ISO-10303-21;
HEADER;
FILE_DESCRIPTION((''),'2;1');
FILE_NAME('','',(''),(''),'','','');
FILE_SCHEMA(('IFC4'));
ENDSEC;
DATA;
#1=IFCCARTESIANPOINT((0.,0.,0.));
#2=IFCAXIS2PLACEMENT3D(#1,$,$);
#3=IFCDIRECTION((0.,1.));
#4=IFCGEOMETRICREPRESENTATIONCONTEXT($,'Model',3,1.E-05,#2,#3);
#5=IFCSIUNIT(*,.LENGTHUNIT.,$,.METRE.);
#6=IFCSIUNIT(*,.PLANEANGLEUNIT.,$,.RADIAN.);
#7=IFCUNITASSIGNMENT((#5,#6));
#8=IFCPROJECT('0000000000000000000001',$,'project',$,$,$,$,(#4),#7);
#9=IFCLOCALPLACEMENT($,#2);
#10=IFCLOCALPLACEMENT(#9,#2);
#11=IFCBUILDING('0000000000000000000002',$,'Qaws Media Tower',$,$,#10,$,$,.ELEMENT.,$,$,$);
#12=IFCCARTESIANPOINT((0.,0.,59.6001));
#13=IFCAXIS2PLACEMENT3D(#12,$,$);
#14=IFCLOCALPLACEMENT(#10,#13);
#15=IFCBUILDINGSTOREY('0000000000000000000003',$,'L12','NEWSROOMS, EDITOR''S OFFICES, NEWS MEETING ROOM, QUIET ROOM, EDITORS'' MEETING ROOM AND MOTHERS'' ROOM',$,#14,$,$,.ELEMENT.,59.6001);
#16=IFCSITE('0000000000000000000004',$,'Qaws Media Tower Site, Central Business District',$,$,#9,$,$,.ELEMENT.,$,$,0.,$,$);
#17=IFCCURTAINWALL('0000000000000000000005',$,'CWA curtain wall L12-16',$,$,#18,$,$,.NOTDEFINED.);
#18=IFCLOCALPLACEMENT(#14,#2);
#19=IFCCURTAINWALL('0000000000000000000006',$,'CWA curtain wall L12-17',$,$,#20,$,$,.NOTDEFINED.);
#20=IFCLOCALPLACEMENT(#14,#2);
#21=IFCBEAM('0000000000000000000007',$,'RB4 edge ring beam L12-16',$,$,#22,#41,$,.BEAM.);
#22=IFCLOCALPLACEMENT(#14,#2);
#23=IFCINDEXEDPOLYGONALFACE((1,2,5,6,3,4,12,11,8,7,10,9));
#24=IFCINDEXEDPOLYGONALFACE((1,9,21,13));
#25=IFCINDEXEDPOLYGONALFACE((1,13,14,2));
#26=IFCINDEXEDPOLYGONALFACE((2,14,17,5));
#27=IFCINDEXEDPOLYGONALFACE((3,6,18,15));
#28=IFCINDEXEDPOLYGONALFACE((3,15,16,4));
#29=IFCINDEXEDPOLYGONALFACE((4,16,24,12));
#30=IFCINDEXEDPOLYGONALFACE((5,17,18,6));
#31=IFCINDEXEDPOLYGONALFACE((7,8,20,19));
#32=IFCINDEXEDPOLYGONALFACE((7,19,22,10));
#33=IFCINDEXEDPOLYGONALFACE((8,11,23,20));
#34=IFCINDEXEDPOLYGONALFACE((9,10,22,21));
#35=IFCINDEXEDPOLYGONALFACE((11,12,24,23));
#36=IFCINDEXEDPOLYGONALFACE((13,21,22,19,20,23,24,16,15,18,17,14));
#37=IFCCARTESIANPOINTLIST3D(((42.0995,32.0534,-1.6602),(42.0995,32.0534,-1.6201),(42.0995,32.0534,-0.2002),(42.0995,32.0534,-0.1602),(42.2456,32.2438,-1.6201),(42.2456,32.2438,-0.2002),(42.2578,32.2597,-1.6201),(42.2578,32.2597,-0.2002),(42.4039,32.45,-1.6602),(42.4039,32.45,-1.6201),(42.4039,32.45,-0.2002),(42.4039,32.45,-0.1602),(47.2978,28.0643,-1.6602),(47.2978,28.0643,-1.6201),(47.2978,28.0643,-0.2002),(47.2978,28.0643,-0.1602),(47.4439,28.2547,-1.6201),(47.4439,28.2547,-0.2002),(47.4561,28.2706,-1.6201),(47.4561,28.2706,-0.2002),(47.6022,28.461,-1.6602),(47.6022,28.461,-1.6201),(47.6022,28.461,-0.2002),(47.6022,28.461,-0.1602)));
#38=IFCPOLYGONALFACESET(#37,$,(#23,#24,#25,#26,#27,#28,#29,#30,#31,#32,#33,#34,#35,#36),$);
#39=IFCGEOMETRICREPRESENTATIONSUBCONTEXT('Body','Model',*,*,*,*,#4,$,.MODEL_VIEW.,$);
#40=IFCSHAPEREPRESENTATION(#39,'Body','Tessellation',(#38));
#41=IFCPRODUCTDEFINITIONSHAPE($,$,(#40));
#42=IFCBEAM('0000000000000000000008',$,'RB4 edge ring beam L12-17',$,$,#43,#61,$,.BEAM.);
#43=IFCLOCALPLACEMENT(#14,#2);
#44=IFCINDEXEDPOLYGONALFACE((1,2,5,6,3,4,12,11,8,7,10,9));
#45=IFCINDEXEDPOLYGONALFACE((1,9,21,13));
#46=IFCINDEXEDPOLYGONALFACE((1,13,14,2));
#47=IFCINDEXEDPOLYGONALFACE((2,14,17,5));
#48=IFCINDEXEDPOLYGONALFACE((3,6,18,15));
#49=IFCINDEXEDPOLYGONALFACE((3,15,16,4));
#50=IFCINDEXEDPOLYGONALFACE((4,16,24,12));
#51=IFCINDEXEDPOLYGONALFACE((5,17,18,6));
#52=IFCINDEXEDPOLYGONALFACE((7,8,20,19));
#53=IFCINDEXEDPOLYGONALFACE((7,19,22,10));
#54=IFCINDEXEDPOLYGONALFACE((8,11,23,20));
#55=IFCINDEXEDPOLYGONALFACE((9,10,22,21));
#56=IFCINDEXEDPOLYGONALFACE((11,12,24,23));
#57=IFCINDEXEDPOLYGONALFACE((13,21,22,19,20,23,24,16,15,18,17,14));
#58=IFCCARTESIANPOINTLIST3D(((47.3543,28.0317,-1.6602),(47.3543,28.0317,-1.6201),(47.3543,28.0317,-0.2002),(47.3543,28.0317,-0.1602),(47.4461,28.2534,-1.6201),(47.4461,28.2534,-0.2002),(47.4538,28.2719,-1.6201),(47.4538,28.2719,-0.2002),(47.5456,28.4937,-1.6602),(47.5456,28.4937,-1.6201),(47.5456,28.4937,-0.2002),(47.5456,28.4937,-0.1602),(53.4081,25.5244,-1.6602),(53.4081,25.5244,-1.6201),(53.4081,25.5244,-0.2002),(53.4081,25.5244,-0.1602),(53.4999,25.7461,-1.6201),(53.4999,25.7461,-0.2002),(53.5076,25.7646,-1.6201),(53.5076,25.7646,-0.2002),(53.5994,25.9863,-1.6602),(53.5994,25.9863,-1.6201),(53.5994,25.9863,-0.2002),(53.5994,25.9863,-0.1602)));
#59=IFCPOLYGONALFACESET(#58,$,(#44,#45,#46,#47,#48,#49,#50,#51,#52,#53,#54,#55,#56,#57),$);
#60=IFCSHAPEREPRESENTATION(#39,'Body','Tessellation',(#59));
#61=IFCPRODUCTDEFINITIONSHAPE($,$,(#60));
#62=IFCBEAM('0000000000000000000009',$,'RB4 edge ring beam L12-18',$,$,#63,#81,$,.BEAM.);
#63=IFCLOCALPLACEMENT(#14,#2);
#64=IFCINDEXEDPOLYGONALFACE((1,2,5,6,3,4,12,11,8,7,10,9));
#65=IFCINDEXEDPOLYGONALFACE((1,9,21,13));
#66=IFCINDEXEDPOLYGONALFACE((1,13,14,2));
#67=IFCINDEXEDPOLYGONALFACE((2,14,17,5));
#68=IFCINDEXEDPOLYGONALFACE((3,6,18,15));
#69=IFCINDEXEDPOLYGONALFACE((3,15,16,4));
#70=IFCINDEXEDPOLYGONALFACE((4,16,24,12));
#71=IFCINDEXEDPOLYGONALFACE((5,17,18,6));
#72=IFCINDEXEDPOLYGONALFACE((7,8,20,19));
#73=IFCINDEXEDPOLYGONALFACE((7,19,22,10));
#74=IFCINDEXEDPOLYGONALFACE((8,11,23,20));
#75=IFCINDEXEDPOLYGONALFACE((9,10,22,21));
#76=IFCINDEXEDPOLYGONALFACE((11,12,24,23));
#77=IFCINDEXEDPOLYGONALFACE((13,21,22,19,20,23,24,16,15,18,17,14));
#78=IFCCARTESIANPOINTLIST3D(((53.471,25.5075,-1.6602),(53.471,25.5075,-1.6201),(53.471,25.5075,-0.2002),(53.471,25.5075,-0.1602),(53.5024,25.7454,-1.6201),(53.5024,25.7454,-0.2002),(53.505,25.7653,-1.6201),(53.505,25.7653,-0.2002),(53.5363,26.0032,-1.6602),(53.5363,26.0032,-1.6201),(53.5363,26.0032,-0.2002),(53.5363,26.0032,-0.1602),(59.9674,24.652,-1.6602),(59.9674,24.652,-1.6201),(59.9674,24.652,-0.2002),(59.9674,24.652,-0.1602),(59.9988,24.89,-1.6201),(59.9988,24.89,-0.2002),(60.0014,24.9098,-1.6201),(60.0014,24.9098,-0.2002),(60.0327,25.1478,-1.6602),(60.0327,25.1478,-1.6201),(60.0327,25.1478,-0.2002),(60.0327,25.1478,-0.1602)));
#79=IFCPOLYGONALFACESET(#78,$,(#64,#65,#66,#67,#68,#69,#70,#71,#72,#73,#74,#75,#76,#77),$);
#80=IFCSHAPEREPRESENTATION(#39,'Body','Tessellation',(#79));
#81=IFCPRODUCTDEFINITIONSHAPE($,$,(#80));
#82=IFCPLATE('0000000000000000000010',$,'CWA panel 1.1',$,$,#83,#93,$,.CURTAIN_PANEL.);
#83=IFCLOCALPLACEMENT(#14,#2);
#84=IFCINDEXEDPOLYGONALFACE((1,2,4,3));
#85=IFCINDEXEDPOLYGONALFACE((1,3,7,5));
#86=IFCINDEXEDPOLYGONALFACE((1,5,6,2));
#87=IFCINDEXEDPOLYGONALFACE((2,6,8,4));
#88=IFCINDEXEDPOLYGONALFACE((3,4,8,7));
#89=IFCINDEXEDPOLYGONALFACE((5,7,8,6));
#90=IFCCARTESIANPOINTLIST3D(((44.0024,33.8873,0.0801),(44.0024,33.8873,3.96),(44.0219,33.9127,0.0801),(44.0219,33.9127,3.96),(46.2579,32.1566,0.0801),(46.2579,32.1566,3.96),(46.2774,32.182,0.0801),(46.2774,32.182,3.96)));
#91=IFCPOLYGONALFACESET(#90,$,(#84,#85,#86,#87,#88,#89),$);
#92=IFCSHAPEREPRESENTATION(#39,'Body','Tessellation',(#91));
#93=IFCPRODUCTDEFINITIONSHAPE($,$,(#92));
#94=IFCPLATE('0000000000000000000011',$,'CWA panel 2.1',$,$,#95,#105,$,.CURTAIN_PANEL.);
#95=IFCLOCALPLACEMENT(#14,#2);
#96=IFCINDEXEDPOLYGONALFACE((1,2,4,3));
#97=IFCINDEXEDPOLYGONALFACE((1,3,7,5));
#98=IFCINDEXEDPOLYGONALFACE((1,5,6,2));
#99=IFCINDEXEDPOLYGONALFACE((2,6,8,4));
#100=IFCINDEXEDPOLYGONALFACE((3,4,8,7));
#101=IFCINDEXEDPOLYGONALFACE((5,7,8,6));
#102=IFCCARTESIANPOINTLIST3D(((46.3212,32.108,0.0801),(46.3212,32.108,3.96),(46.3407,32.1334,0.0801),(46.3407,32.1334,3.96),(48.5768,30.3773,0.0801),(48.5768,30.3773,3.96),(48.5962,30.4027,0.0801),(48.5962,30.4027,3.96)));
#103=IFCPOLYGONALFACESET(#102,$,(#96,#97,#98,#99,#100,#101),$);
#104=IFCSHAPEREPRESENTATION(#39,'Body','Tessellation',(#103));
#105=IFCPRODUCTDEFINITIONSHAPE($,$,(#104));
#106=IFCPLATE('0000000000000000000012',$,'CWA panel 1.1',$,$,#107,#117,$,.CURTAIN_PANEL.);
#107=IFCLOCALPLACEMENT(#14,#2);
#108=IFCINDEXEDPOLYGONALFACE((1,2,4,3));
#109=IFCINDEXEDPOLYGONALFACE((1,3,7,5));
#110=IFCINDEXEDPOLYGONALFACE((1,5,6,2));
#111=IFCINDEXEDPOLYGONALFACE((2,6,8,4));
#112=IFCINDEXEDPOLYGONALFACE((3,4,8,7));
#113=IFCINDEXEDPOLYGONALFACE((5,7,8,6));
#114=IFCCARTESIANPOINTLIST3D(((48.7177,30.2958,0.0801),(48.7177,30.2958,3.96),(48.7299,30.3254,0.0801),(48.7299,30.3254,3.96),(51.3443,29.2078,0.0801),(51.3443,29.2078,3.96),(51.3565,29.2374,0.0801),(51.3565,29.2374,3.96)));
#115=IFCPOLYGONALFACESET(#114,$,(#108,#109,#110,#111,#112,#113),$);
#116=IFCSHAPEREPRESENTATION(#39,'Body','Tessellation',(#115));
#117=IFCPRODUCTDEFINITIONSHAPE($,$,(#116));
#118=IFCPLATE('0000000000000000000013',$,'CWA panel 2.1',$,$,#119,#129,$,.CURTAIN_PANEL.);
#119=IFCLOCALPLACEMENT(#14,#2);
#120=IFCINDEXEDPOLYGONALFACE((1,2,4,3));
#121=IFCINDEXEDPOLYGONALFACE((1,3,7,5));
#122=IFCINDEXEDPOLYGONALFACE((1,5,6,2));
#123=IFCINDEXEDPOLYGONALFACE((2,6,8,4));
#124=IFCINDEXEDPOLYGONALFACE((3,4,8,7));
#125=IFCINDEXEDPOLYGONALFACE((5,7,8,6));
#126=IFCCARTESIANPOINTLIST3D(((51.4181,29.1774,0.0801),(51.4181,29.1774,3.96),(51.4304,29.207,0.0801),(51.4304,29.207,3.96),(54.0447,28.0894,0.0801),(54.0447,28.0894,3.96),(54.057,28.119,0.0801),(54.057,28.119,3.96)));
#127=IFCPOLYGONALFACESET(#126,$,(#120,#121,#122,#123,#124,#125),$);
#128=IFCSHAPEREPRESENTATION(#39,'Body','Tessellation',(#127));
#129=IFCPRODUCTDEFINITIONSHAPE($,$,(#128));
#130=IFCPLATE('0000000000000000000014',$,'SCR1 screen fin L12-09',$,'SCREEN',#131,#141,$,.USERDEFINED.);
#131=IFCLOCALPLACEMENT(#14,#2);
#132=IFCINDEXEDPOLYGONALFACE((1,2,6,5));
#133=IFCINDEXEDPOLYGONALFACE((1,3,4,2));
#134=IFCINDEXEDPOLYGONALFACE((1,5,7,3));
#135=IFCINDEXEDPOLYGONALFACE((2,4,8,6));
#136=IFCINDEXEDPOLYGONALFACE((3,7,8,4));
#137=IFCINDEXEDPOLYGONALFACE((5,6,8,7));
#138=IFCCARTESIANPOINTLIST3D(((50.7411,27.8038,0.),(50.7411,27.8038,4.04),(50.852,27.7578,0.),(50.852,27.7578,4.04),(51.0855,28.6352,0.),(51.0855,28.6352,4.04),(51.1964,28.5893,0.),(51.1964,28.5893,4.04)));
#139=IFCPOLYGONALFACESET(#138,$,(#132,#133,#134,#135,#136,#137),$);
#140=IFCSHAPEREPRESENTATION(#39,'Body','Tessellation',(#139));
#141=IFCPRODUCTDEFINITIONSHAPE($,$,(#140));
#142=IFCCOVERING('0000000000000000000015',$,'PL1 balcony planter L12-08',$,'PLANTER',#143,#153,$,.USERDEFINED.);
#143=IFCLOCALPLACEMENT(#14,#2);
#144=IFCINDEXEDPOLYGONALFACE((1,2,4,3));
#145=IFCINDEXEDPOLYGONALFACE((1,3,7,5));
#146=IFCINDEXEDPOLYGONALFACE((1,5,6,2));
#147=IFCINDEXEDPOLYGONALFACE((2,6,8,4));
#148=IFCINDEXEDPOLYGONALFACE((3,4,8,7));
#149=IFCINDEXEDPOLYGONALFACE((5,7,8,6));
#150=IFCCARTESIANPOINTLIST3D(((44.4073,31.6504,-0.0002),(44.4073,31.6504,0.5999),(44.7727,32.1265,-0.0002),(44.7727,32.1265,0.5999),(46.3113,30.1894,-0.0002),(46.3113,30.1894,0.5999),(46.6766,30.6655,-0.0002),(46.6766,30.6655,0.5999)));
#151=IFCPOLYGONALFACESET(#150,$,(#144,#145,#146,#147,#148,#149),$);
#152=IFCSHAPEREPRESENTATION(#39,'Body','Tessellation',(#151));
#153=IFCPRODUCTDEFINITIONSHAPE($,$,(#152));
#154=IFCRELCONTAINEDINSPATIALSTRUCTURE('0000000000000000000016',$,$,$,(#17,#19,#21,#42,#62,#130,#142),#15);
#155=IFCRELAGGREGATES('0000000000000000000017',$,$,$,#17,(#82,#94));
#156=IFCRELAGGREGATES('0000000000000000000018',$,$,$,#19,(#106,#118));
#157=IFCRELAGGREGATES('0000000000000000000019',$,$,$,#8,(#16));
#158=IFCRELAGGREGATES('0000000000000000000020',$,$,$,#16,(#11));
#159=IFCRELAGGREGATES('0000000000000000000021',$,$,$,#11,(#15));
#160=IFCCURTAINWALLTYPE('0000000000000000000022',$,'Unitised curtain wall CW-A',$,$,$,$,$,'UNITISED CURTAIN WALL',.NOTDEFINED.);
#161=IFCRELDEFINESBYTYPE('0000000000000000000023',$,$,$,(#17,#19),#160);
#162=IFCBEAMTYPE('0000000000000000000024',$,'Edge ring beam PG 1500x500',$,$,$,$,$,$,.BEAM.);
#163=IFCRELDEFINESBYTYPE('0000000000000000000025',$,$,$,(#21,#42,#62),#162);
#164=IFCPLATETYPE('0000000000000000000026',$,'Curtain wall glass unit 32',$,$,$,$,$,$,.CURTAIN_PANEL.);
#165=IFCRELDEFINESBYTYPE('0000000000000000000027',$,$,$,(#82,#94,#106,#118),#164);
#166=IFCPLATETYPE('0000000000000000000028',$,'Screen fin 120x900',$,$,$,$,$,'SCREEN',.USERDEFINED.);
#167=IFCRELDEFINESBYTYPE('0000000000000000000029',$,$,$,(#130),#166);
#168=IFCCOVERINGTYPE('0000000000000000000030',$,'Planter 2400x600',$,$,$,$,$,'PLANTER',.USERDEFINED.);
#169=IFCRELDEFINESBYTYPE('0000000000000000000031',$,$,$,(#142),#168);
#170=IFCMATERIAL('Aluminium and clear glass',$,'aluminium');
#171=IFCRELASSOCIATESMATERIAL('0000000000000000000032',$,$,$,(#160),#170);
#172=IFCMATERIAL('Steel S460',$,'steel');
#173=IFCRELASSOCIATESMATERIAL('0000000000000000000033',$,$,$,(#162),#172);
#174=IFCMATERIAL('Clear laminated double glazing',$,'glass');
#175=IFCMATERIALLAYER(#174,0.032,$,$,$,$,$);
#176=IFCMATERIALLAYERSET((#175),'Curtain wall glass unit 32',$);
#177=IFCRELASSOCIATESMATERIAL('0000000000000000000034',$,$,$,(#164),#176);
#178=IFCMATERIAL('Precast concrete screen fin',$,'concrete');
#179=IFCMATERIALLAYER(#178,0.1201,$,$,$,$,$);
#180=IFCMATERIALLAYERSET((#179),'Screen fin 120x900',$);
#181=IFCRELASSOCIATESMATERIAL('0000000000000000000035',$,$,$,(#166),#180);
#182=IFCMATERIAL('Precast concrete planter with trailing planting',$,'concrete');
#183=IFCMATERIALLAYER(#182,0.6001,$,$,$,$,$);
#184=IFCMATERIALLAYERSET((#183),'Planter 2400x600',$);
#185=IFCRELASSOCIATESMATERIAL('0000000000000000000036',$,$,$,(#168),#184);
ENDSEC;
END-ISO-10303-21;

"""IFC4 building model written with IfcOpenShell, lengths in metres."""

from ifc_helpers import new_model, si_unit, direction, frame, origin, origin_2d, place, context, subcontext, project, spatial, rectangle, i_section, extrude, material, layer, layer_set, material_profile, profile_set, type_object, element, aggregate, save


model = new_model("IFC4")

# Units and contexts
model_context = context("Model", 3, precision=1e-05, world=origin(), true_north=direction((0.0, 1.0)))
body_context = subcontext(model_context, "Body", "Model", "MODEL_VIEW")
ifc_project = project(units=[si_unit("LENGTHUNIT", "METRE"), si_unit("PLANEANGLEUNIT", "RADIAN")], contexts=[model_context])

# Site, building, storey
site_placement = place(None, origin())
site = spatial("IfcSite", under=ifc_project, at=site_placement, Name="Qaws Media Tower Site, Central Business District", CompositionType="ELEMENT", RefElevation=0.0)
building_placement = place(site_placement, origin())
building = spatial("IfcBuilding", under=site, at=building_placement, Name="Qaws Media Tower", CompositionType="ELEMENT")
storey_placement = place(building_placement, frame((0.0, 0.0, 59.6001)))
storey = spatial("IfcBuildingStorey", under=building, at=storey_placement, Name="L12", Description="NEWSROOMS, EDITOR'S OFFICES, NEWS MEETING ROOM, QUIET ROOM, EDITORS' MEETING ROOM AND MOTHERS' ROOM", CompositionType="ELEMENT", Elevation=59.6001)

# Curtain walls
ifc_material_1 = material(Name="Aluminium and clear glass", Category="aluminium")
curtain_wall_type = type_object("IfcCurtainWallType", Name="Unitised curtain wall CW-A", ElementType="UNITISED CURTAIN WALL", PredefinedType="NOTDEFINED", material=ifc_material_1)
curtain_wall_1_placement = place(storey_placement, origin())
curtain_wall_1 = element("IfcCurtainWall", 1, at=curtain_wall_1_placement, inside=storey, type_object=curtain_wall_type, Name="CWA curtain wall L12-16", PredefinedType="NOTDEFINED")
curtain_wall_2_placement = place(storey_placement, origin())
curtain_wall_2 = element("IfcCurtainWall", 2, at=curtain_wall_2_placement, inside=storey, type_object=curtain_wall_type, Name="CWA curtain wall L12-17", PredefinedType="NOTDEFINED")

# Beams
ifc_material_2 = material(Name="Steel S460", Category="steel")
ifc_material_profile_1 = material_profile(ifc_material_2, i_section(OverallWidth=0.5, OverallDepth=1.5, WebThickness=0.02, FlangeThickness=0.04, at=origin_2d()), Name="PG 1500x500")
ifc_profile_set_1 = profile_set([ifc_material_profile_1], Name="Steel S460")
beam_type = type_object("IfcBeamType", Name="Edge ring beam PG 1500x500", PredefinedType="BEAM", material=ifc_profile_set_1)
for number, where, z_axis, x_axis, name in (
    (3, (42.2517, 32.2517, -0.9102), (0.793334, -0.608787, 0.0), (0.608787, 0.793334, 0.0), "RB4 edge ring beam L12-16"),
    (4, (47.45, 28.2627, -0.9102), (0.923891, -0.382657, 0.0), (0.382657, 0.923891, 0.0), "RB4 edge ring beam L12-17"),
    (5, (53.5037, 25.7554, -0.9102), (0.991441, -0.130558, 0.0), (0.130558, 0.991441, 0.0), "RB4 edge ring beam L12-18"),
):
    element("IfcBeam", number, at=place(storey_placement, frame(where, z_axis=z_axis, x_axis=x_axis)), inside=storey, type_object=beam_type, Name=name, PredefinedType="BEAM", context=body_context, shape_type="SweptSolid", body=[
        extrude(i_section(OverallWidth=0.5, OverallDepth=1.5, WebThickness=0.02, FlangeThickness=0.04, at=origin_2d()), origin(), (0.0, 0.0, 1.0), 6.5525),
    ])

# Plates
ifc_material_3 = material(Name="Clear laminated double glazing", Category="glass")
ifc_layer_1 = layer(ifc_material_3, 0.032)
ifc_layer_set_1 = layer_set([ifc_layer_1], Name="Curtain wall glass unit 32")
plate_type_1 = type_object("IfcPlateType", Name="Curtain wall glass unit 32", PredefinedType="CURTAIN_PANEL", material=ifc_layer_set_1)
plate_1_placement = place(storey_placement, frame((45.1399, 33.0347, 0.0801), z_axis=(0.0, 0.0, 1.0), x_axis=(0.793353, -0.608761, 0.0)))
plate_1 = element("IfcPlate", 6, at=plate_1_placement, type_object=plate_type_1, Name="CWA panel 1.1", PredefinedType="CURTAIN_PANEL", context=body_context, shape_type="SweptSolid", body=[
    extrude(rectangle(XDim=2.843, YDim=0.032, at=origin_2d()), origin(), (0.0, 0.0, 1.0), 3.8799),
])
plate_2_placement = place(storey_placement, frame((47.4587, 31.2554, 0.0801), z_axis=(0.0, 0.0, 1.0), x_axis=(0.793353, -0.608761, 0.0)))
plate_2 = element("IfcPlate", 7, at=plate_2_placement, type_object=plate_type_1, Name="CWA panel 2.1", PredefinedType="CURTAIN_PANEL", context=body_context, shape_type="SweptSolid", body=[
    extrude(rectangle(XDim=2.843, YDim=0.032, at=origin_2d()), origin(), (0.0, 0.0, 1.0), 3.8799),
])
aggregate(curtain_wall_1, [plate_1, plate_2])
plate_3_placement = place(storey_placement, frame((50.0371, 29.7666, 0.0801), z_axis=(0.0, 0.0, 1.0), x_axis=(0.92388, -0.382683, 0.0)))
plate_3 = element("IfcPlate", 8, at=plate_3_placement, type_object=plate_type_1, Name="CWA panel 1.1", PredefinedType="CURTAIN_PANEL", context=body_context, shape_type="SweptSolid", body=[
    extrude(rectangle(XDim=2.843, YDim=0.032, at=origin_2d()), origin(), (0.0, 0.0, 1.0), 3.8799),
])
plate_4_placement = place(storey_placement, frame((52.7375, 28.6482, 0.0801), z_axis=(0.0, 0.0, 1.0), x_axis=(0.92388, -0.382683, 0.0)))
plate_4 = element("IfcPlate", 9, at=plate_4_placement, type_object=plate_type_1, Name="CWA panel 2.1", PredefinedType="CURTAIN_PANEL", context=body_context, shape_type="SweptSolid", body=[
    extrude(rectangle(XDim=2.843, YDim=0.032, at=origin_2d()), origin(), (0.0, 0.0, 1.0), 3.8799),
])
aggregate(curtain_wall_2, [plate_3, plate_4])
ifc_material_4 = material(Name="Precast concrete screen fin", Category="concrete")
ifc_layer_2 = layer(ifc_material_4, 0.1201)
ifc_layer_set_2 = layer_set([ifc_layer_2], Name="Screen fin 120x900")
plate_type_2 = type_object("IfcPlateType", Name="Screen fin 120x900", ElementType="SCREEN", PredefinedType="USERDEFINED", material=ifc_layer_set_2)
plate_5_placement = place(storey_placement, frame((50.9688, 28.1965, 0.0), z_axis=(0.0, 0.0, 1.0), x_axis=(-0.382683, -0.92388, 0.0)))
element("IfcPlate", 10, at=plate_5_placement, inside=storey, type_object=plate_type_2, Name="SCR1 screen fin L12-09", ObjectType="SCREEN", PredefinedType="USERDEFINED", context=body_context, shape_type="SweptSolid", body=[
    extrude(rectangle(XDim=0.8999, YDim=0.1201, at=origin_2d()), origin(), (0.0, 0.0, 1.0), 4.04),
])

# Covering
ifc_material_5 = material(Name="Precast concrete planter with trailing planting", Category="concrete")
ifc_layer_3 = layer(ifc_material_5, 0.6001)
ifc_layer_set_3 = layer_set([ifc_layer_3], Name="Planter 2400x600")
covering_type = type_object("IfcCoveringType", Name="Planter 2400x600", ElementType="PLANTER", PredefinedType="USERDEFINED", material=ifc_layer_set_3)
covering_placement = place(storey_placement, frame((45.542, 31.158, -0.0002), z_axis=(0.0, 0.0, 1.0), x_axis=(0.793353, -0.608761, 0.0)))
element("IfcCovering", 11, at=covering_placement, inside=storey, type_object=covering_type, Name="PL1 balcony planter L12-08", ObjectType="PLANTER", PredefinedType="USERDEFINED", context=body_context, shape_type="SweptSolid", body=[
    extrude(rectangle(XDim=2.3999, YDim=0.6001, at=origin_2d()), origin(), (0.0, 0.0, 1.0), 0.6001),
])

save(model, "model.ifc")
